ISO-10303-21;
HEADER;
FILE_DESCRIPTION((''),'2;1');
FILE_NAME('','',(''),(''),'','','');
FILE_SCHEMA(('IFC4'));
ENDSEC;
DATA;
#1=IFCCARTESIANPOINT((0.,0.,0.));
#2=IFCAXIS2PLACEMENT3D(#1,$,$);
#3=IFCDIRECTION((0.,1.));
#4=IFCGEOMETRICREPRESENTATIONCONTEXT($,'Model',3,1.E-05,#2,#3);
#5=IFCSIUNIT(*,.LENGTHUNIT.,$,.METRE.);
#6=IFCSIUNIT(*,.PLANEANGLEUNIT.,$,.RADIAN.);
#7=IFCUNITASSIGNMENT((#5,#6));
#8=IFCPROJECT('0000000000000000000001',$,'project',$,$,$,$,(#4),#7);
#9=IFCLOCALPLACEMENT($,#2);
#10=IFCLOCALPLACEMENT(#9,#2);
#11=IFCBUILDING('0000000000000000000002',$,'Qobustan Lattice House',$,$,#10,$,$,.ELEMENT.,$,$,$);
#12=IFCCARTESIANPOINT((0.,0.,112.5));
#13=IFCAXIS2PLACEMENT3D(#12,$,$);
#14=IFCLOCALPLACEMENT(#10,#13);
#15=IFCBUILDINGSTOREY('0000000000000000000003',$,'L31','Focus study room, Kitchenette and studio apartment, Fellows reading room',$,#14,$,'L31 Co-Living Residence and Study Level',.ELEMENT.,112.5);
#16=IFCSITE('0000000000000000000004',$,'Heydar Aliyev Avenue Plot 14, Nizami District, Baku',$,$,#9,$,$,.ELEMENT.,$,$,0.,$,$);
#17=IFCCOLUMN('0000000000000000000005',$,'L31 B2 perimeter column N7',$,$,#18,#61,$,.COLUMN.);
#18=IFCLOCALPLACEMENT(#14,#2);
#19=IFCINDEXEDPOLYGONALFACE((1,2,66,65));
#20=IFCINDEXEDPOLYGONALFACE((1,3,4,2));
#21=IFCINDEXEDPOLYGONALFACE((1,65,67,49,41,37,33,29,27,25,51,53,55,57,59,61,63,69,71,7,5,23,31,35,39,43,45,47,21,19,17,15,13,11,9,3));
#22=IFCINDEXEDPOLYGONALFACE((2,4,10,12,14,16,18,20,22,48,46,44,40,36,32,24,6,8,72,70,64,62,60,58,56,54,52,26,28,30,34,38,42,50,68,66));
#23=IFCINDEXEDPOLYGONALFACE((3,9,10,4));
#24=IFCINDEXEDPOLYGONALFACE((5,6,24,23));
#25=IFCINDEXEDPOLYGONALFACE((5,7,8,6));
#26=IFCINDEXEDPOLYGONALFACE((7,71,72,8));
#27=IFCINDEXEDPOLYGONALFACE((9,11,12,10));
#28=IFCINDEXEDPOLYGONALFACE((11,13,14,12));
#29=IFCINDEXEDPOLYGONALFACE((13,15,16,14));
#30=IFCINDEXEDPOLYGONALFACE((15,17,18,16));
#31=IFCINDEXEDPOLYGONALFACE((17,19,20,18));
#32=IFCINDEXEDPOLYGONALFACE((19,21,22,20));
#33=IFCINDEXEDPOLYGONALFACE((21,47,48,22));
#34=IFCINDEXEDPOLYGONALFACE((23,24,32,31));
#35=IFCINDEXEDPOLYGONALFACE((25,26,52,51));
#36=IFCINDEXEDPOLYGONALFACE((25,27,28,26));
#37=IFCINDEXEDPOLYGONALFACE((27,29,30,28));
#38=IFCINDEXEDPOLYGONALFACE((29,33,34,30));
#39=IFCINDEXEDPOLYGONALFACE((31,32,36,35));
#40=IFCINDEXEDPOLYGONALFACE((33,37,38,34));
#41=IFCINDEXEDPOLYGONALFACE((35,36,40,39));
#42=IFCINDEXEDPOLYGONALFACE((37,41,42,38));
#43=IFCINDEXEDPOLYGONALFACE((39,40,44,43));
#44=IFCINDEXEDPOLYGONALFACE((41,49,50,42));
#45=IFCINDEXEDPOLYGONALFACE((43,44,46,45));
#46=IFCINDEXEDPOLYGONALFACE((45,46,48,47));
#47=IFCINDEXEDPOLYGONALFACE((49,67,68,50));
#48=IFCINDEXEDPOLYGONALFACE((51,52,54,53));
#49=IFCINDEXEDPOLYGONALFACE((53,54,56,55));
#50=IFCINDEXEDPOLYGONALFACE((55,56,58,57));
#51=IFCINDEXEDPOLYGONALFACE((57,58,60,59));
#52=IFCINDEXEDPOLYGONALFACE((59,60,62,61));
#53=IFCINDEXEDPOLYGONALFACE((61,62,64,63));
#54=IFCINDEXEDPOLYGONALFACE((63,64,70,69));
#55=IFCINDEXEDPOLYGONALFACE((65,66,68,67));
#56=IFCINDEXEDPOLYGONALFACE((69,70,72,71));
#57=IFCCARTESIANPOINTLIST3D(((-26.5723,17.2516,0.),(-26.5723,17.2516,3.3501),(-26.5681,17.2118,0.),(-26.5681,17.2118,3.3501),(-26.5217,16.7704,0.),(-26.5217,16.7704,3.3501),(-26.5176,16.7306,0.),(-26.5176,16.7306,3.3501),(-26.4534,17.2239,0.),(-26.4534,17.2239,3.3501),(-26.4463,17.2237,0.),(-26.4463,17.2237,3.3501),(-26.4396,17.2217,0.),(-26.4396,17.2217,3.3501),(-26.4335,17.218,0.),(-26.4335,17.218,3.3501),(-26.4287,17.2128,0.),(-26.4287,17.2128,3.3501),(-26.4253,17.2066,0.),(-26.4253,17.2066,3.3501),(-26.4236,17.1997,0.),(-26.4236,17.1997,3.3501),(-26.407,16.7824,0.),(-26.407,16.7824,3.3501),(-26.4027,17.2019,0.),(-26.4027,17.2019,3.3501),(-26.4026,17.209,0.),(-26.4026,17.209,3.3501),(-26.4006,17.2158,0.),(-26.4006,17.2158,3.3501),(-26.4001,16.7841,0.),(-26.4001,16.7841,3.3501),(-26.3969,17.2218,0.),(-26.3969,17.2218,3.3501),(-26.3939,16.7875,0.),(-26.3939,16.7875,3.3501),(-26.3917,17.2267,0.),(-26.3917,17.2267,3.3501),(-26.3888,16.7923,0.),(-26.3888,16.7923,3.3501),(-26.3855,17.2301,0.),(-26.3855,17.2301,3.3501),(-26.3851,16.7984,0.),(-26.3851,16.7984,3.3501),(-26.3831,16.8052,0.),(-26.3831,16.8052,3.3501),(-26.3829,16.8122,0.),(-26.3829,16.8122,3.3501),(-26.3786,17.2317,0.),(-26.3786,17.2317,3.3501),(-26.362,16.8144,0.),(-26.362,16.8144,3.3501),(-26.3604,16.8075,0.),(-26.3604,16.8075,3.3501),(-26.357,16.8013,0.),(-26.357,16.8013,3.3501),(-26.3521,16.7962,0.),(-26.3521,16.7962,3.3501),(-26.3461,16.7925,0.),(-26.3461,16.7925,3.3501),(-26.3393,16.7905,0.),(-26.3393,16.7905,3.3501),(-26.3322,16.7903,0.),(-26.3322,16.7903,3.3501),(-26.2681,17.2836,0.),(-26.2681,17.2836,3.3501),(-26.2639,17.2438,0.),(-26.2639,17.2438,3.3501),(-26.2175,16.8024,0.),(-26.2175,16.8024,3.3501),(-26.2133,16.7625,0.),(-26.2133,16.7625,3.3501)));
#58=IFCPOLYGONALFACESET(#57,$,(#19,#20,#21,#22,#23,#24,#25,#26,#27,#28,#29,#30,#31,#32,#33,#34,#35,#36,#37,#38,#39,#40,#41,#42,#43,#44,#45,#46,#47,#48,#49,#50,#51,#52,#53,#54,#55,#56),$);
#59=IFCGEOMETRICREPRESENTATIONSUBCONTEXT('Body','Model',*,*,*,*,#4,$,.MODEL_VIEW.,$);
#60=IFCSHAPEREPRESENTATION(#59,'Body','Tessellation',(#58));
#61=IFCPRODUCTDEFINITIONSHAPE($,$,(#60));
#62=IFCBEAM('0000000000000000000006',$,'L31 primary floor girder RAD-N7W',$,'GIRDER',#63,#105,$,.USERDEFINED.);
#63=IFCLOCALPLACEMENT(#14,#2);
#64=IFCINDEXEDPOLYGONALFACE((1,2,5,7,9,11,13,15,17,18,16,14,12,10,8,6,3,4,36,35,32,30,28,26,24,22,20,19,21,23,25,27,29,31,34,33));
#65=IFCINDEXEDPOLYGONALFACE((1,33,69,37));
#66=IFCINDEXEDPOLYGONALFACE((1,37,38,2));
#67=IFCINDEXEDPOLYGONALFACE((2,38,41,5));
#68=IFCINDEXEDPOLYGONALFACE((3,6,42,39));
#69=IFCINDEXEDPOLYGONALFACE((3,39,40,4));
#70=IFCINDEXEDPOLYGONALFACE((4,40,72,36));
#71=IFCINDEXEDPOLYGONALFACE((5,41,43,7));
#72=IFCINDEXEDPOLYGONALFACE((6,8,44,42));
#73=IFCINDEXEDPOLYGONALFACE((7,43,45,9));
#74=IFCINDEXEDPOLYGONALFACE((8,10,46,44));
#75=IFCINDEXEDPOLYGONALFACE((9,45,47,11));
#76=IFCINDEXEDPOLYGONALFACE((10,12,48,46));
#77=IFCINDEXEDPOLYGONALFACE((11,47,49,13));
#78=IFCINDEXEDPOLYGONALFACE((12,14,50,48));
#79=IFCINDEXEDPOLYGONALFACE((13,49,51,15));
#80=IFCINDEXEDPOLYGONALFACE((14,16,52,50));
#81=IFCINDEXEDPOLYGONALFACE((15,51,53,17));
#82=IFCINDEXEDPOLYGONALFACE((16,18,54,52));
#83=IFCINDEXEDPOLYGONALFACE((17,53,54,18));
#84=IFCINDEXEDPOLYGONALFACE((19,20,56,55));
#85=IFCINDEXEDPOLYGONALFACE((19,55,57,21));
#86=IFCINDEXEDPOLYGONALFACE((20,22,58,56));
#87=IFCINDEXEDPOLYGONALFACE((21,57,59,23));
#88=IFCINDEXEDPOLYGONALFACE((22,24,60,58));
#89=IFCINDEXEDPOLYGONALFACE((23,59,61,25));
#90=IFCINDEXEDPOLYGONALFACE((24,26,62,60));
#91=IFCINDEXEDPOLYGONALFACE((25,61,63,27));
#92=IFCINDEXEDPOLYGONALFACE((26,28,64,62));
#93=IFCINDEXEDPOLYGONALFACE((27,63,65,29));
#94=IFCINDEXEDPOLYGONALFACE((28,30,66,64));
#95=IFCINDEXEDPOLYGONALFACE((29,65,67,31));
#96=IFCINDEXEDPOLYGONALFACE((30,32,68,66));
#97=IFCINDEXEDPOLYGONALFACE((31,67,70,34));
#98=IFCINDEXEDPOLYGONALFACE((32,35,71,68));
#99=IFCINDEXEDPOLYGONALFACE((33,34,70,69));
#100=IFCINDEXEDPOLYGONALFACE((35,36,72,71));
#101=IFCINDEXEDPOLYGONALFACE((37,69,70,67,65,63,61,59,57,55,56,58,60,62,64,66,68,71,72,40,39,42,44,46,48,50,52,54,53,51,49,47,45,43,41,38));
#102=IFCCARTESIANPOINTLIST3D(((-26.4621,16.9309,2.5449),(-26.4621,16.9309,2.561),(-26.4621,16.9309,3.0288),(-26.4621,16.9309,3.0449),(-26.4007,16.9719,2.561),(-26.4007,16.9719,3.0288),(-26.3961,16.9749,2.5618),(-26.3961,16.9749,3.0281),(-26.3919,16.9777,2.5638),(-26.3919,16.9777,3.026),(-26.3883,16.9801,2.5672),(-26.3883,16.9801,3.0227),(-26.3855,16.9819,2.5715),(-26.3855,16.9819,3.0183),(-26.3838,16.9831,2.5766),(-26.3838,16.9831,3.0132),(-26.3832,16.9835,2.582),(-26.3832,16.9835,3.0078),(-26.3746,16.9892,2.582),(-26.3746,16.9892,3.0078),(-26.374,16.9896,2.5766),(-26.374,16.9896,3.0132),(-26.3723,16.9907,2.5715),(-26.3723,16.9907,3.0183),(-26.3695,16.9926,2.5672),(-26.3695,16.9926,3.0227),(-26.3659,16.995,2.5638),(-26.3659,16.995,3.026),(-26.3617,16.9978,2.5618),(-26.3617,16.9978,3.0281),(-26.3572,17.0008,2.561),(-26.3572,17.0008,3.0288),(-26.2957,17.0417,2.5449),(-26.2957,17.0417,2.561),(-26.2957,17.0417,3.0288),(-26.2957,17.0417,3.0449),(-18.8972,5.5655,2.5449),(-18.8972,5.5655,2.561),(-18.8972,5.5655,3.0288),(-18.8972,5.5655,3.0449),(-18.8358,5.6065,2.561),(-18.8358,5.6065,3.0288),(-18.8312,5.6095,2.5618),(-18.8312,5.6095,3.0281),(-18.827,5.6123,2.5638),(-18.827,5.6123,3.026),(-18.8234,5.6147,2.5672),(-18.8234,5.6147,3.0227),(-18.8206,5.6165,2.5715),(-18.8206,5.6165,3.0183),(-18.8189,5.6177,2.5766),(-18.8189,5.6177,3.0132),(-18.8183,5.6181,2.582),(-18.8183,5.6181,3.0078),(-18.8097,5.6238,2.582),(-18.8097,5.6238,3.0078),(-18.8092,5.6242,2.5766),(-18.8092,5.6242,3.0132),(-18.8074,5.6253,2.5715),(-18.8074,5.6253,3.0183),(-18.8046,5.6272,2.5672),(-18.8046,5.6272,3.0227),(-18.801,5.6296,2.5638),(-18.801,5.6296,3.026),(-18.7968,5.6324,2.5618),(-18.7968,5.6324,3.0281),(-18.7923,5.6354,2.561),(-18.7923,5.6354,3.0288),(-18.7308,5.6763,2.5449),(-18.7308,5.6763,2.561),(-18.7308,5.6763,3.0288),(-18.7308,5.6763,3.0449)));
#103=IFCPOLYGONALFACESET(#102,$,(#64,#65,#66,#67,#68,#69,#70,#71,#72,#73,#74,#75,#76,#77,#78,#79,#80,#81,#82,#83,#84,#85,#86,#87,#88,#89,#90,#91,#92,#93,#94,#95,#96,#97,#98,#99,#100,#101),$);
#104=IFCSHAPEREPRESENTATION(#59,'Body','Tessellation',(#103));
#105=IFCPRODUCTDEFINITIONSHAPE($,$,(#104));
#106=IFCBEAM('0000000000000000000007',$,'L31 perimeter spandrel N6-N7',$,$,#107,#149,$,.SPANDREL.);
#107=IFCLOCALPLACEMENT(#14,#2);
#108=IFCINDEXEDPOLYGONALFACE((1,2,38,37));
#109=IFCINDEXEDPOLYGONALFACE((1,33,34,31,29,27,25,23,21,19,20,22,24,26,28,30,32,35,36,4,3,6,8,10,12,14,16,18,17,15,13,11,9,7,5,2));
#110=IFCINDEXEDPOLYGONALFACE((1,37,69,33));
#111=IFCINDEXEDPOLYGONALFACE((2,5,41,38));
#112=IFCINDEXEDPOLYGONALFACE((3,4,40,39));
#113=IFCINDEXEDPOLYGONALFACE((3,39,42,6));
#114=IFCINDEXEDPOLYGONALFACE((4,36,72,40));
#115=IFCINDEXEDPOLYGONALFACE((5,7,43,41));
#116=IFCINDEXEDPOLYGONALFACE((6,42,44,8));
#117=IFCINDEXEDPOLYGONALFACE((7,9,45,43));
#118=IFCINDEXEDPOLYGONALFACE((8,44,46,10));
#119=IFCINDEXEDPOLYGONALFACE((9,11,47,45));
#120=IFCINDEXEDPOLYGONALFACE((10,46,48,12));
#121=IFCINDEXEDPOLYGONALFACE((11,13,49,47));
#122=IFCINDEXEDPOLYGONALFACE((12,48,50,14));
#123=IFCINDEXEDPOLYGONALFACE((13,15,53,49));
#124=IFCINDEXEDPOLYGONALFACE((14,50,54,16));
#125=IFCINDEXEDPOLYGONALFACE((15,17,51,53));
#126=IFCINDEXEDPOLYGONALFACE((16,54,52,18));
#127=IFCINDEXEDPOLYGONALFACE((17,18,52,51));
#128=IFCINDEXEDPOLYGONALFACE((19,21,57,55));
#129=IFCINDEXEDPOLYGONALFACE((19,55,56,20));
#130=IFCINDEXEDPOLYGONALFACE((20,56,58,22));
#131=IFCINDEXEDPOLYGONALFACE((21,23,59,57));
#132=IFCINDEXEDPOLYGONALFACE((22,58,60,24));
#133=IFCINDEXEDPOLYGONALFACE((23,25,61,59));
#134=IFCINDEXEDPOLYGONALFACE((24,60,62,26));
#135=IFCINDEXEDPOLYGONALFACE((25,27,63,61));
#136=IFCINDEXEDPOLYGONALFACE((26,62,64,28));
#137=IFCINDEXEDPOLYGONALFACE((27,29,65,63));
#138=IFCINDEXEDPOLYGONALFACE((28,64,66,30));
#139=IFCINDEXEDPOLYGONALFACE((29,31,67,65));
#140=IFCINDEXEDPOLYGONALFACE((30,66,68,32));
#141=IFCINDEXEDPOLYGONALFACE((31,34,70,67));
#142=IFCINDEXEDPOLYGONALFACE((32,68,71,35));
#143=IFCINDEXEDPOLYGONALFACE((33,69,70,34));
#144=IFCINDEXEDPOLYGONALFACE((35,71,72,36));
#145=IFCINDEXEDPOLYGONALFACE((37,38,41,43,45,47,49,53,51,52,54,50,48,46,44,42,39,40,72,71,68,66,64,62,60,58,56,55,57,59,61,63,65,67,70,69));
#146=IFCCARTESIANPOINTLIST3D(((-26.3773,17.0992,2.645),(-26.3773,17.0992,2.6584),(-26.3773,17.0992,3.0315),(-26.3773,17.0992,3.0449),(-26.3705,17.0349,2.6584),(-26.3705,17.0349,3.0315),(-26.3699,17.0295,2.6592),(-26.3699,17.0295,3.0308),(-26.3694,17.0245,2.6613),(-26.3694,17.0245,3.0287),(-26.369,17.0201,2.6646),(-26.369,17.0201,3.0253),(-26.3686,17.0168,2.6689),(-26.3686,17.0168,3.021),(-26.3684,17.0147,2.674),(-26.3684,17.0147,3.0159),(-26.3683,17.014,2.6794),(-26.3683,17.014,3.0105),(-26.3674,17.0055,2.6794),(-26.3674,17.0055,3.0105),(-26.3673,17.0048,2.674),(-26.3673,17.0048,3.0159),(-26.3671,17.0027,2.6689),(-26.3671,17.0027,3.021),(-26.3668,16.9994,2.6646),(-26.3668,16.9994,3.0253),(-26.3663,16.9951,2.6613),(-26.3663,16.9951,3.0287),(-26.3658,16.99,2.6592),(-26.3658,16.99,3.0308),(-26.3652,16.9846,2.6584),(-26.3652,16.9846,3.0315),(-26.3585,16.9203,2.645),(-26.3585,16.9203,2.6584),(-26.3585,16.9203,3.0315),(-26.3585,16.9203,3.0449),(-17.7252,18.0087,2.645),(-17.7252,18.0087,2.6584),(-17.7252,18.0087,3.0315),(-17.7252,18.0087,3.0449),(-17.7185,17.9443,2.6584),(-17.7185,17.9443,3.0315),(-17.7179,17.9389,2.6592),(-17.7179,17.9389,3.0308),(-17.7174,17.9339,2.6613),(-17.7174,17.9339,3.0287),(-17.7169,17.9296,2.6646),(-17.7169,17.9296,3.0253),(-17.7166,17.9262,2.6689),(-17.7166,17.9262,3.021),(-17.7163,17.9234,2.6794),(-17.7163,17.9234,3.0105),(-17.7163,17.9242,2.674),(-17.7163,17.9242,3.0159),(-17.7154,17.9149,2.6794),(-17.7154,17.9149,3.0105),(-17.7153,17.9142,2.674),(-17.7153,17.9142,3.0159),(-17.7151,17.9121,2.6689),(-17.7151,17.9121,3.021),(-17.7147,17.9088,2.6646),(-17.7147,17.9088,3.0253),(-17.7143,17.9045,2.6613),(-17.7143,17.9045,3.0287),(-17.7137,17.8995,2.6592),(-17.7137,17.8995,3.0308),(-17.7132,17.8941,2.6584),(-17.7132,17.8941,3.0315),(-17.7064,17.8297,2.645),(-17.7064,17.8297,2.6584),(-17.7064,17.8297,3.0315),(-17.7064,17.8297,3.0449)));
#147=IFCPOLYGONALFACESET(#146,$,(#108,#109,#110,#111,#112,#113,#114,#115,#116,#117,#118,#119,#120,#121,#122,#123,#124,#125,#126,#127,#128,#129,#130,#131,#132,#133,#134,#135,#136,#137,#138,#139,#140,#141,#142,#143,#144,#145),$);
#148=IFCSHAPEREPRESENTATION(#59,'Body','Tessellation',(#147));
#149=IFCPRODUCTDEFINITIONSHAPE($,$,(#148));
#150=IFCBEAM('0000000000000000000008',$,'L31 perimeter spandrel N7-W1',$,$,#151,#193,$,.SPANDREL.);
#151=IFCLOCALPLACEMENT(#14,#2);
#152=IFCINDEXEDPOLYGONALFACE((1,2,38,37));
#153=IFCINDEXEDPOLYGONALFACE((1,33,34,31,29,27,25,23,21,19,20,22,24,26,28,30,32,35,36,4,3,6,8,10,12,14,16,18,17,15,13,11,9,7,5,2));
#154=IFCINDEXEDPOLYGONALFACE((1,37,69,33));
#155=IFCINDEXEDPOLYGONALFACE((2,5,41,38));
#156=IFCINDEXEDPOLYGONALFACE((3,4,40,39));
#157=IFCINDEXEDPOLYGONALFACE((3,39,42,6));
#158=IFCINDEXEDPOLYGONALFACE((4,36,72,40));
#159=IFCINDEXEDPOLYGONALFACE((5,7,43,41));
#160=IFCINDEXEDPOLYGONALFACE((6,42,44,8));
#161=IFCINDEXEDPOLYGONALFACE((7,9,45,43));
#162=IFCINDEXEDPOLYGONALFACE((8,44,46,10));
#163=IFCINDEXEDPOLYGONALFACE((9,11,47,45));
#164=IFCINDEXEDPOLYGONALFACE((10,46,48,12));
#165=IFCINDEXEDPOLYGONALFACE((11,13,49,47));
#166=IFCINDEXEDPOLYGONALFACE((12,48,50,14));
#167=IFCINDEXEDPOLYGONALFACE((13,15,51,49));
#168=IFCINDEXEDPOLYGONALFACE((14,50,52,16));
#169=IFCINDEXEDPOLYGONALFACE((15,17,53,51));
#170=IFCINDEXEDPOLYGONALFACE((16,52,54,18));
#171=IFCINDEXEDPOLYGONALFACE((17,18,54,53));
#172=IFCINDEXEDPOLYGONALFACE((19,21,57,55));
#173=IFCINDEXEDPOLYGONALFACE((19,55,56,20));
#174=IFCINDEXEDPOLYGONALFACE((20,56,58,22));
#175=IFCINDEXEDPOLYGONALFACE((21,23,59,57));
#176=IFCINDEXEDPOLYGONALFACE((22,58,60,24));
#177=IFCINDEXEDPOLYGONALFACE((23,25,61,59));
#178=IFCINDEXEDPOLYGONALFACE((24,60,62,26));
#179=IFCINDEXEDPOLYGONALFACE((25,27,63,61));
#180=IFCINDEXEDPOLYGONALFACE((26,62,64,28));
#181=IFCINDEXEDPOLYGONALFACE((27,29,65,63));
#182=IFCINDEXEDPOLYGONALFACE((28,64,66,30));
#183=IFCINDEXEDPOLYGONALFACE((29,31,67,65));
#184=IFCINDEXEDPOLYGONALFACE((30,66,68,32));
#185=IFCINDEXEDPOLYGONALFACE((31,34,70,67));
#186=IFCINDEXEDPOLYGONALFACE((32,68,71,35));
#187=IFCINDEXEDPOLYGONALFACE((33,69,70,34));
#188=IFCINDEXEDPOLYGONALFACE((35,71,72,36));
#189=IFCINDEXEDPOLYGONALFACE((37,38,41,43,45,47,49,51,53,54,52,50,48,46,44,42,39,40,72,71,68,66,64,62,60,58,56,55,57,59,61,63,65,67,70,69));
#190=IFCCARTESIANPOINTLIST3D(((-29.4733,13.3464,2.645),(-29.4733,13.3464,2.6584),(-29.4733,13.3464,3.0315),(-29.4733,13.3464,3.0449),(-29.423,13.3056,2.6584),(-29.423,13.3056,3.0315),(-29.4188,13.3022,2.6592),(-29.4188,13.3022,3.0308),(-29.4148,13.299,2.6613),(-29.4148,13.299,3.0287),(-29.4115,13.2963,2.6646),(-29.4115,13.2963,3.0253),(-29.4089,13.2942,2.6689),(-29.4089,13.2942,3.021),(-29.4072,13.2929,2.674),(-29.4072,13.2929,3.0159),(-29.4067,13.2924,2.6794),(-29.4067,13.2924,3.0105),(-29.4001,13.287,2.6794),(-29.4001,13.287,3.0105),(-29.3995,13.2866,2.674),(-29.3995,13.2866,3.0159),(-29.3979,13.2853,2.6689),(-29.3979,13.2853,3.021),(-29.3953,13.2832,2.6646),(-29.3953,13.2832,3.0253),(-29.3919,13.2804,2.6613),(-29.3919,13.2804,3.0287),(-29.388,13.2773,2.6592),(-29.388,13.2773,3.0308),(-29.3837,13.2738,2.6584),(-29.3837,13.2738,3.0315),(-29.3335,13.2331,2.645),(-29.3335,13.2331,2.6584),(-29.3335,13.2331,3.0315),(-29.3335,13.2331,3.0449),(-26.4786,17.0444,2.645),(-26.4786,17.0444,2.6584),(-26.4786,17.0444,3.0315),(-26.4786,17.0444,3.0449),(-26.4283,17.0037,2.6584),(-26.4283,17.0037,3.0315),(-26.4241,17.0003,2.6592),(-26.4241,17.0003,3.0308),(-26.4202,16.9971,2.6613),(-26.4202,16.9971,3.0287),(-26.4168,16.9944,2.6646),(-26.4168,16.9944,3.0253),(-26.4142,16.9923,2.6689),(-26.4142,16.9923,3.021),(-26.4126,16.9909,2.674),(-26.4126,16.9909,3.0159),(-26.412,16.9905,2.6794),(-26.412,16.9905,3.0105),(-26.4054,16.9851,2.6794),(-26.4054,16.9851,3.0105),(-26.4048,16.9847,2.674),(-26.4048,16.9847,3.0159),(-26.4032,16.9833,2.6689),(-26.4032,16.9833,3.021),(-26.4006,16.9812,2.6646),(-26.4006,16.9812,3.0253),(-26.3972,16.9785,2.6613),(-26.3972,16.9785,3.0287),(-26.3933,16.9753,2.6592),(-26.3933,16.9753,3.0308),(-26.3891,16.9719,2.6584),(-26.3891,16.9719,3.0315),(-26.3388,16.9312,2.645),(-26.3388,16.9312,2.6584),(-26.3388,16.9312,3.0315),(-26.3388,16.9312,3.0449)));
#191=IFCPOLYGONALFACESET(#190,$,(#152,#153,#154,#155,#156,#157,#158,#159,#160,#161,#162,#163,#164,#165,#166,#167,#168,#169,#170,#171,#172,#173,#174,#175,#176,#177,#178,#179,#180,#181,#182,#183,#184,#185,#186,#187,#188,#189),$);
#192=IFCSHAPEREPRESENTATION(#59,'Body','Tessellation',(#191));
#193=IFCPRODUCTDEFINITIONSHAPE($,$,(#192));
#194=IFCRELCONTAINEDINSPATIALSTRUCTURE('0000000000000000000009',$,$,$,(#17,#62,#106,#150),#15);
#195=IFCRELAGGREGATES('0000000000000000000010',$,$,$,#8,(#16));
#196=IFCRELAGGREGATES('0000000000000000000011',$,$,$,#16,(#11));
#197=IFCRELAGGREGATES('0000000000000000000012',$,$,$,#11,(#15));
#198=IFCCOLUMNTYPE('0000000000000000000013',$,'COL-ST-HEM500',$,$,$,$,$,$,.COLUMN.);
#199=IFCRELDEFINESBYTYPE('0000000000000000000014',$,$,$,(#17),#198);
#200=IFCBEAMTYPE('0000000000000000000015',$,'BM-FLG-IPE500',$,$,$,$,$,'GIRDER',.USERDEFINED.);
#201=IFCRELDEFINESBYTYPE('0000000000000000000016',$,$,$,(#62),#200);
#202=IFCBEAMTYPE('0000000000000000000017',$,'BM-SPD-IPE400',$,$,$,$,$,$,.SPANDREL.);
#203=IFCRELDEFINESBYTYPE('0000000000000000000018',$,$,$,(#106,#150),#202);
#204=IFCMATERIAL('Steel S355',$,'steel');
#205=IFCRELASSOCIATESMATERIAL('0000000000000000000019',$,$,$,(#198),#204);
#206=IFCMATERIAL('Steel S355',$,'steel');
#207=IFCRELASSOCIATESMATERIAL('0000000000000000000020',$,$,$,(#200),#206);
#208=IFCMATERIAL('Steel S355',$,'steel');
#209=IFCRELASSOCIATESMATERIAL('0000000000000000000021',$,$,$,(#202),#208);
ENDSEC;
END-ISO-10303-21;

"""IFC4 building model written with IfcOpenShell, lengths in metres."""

from ifc_helpers import new_model, si_unit, direction, frame, origin, origin_2d, place, context, subcontext, project, spatial, i_section, extrude, material, material_profile, profile_set, type_object, element, save


model = new_model("IFC4")

# Units and contexts
model_context = context("Model", 3, precision=1e-05, world=origin(), true_north=direction((0.0, 1.0)))
body_context = subcontext(model_context, "Body", "Model", "MODEL_VIEW")
ifc_project = project(units=[si_unit("LENGTHUNIT", "METRE"), si_unit("PLANEANGLEUNIT", "RADIAN")], contexts=[model_context])

# Site, building, storey
site_placement = place(None, origin())
site = spatial("IfcSite", under=ifc_project, at=site_placement, Name="Heydar Aliyev Avenue Plot 14, Nizami District, Baku", CompositionType="ELEMENT", RefElevation=0.0)
building_placement = place(site_placement, origin())
building = spatial("IfcBuilding", under=site, at=building_placement, Name="Qobustan Lattice House", CompositionType="ELEMENT")
storey_placement = place(building_placement, frame((0.0, 0.0, 112.5)))
storey = spatial("IfcBuildingStorey", under=building, at=storey_placement, Name="L31", Description="Focus study room, Kitchenette and studio apartment, Fellows reading room", LongName="L31 Co-Living Residence and Study Level", CompositionType="ELEMENT", Elevation=112.5)

# Column
ifc_material_1 = material(Name="Steel S355", Category="steel")
ifc_material_profile_1 = material_profile(ifc_material_1, i_section(OverallWidth=0.3059, OverallDepth=0.5239, WebThickness=0.021, FlangeThickness=0.04, FilletRadius=0.0271, at=origin_2d()), Name="HEM500")
ifc_profile_set_1 = profile_set([ifc_material_profile_1], Name="Steel S355")
column_type = type_object("IfcColumnType", Name="COL-ST-HEM500", PredefinedType="COLUMN", material=ifc_profile_set_1)
column_placement = place(storey_placement, frame((-26.3928, 17.0071, 0.0), z_axis=(0.0, 0.0, 1.0), x_axis=(0.994522, 0.104528, 0.0)))
element("IfcColumn", 1, at=column_placement, inside=storey, type_object=column_type, Name="L31 B2 perimeter column N7", PredefinedType="COLUMN", context=body_context, shape_type="SweptSolid", body=[
    extrude(i_section(OverallWidth=0.3059, OverallDepth=0.5239, WebThickness=0.021, FlangeThickness=0.04, FilletRadius=0.0271, at=origin_2d()), origin(), (0.0, 0.0, 1.0), 3.3501),
])

# Beams
ifc_material_2 = material(Name="Steel S355", Category="steel")
ifc_material_profile_2 = material_profile(ifc_material_2, i_section(OverallWidth=0.2, OverallDepth=0.5, WebThickness=0.0103, FlangeThickness=0.0161, FilletRadius=0.021, at=origin_2d()), Name="IPE500")
ifc_profile_set_2 = profile_set([ifc_material_profile_2], Name="Steel S355")
beam_type_1 = type_object("IfcBeamType", Name="BM-FLG-IPE500", ElementType="GIRDER", PredefinedType="USERDEFINED", material=ifc_profile_set_2)
beam_1_placement = place(storey_placement, frame((-26.3789, 16.9863, 2.7949), z_axis=(0.554089, -0.832457, 0.0), x_axis=(0.832457, 0.554089, 0.0)))
element("IfcBeam", 2, at=beam_1_placement, inside=storey, type_object=beam_type_1, Name="L31 primary floor girder RAD-N7W", ObjectType="GIRDER", PredefinedType="USERDEFINED", context=body_context, shape_type="SweptSolid", body=[
    extrude(i_section(OverallWidth=0.2, OverallDepth=0.5, WebThickness=0.0103, FlangeThickness=0.0161, FilletRadius=0.021, at=origin_2d()), origin(), (0.0, 0.0, 1.0), 13.6528),
])
ifc_material_3 = material(Name="Steel S355", Category="steel")
ifc_material_profile_3 = material_profile(ifc_material_3, i_section(OverallWidth=0.1799, OverallDepth=0.3999, WebThickness=0.0085, FlangeThickness=0.0134, FilletRadius=0.021, at=origin_2d()), Name="IPE400")
ifc_profile_set_3 = profile_set([ifc_material_profile_3], Name="Steel S355")
beam_type_2 = type_object("IfcBeamType", Name="BM-SPD-IPE400", PredefinedType="SPANDREL", material=ifc_profile_set_3)
beam_2_placement = place(storey_placement, frame((-17.7158, 17.9192, 2.845), z_axis=(-0.994521, -0.104534, 0.0), x_axis=(0.104534, -0.994521, 0.0)))
element("IfcBeam", 3, at=beam_2_placement, inside=storey, type_object=beam_type_2, Name="L31 perimeter spandrel N6-N7", PredefinedType="SPANDREL", context=body_context, shape_type="SweptSolid", body=[
    extrude(i_section(OverallWidth=0.1799, OverallDepth=0.3999, WebThickness=0.0085, FlangeThickness=0.0134, FilletRadius=0.021, at=origin_2d()), origin(), (0.0, 0.0, 1.0), 8.6997),
])
beam_3_placement = place(storey_placement, frame((-26.4087, 16.9878, 2.845), z_axis=(-0.629327, -0.777141, 0.0), x_axis=(0.777141, -0.629327, 0.0)))
element("IfcBeam", 4, at=beam_3_placement, inside=storey, type_object=beam_type_2, Name="L31 perimeter spandrel N7-W1", PredefinedType="SPANDREL", context=body_context, shape_type="SweptSolid", body=[
    extrude(i_section(OverallWidth=0.1799, OverallDepth=0.3999, WebThickness=0.0085, FlangeThickness=0.0134, FilletRadius=0.021, at=origin_2d()), origin(), (0.0, 0.0, 1.0), 4.7585),
])

save(model, "model.ifc")
